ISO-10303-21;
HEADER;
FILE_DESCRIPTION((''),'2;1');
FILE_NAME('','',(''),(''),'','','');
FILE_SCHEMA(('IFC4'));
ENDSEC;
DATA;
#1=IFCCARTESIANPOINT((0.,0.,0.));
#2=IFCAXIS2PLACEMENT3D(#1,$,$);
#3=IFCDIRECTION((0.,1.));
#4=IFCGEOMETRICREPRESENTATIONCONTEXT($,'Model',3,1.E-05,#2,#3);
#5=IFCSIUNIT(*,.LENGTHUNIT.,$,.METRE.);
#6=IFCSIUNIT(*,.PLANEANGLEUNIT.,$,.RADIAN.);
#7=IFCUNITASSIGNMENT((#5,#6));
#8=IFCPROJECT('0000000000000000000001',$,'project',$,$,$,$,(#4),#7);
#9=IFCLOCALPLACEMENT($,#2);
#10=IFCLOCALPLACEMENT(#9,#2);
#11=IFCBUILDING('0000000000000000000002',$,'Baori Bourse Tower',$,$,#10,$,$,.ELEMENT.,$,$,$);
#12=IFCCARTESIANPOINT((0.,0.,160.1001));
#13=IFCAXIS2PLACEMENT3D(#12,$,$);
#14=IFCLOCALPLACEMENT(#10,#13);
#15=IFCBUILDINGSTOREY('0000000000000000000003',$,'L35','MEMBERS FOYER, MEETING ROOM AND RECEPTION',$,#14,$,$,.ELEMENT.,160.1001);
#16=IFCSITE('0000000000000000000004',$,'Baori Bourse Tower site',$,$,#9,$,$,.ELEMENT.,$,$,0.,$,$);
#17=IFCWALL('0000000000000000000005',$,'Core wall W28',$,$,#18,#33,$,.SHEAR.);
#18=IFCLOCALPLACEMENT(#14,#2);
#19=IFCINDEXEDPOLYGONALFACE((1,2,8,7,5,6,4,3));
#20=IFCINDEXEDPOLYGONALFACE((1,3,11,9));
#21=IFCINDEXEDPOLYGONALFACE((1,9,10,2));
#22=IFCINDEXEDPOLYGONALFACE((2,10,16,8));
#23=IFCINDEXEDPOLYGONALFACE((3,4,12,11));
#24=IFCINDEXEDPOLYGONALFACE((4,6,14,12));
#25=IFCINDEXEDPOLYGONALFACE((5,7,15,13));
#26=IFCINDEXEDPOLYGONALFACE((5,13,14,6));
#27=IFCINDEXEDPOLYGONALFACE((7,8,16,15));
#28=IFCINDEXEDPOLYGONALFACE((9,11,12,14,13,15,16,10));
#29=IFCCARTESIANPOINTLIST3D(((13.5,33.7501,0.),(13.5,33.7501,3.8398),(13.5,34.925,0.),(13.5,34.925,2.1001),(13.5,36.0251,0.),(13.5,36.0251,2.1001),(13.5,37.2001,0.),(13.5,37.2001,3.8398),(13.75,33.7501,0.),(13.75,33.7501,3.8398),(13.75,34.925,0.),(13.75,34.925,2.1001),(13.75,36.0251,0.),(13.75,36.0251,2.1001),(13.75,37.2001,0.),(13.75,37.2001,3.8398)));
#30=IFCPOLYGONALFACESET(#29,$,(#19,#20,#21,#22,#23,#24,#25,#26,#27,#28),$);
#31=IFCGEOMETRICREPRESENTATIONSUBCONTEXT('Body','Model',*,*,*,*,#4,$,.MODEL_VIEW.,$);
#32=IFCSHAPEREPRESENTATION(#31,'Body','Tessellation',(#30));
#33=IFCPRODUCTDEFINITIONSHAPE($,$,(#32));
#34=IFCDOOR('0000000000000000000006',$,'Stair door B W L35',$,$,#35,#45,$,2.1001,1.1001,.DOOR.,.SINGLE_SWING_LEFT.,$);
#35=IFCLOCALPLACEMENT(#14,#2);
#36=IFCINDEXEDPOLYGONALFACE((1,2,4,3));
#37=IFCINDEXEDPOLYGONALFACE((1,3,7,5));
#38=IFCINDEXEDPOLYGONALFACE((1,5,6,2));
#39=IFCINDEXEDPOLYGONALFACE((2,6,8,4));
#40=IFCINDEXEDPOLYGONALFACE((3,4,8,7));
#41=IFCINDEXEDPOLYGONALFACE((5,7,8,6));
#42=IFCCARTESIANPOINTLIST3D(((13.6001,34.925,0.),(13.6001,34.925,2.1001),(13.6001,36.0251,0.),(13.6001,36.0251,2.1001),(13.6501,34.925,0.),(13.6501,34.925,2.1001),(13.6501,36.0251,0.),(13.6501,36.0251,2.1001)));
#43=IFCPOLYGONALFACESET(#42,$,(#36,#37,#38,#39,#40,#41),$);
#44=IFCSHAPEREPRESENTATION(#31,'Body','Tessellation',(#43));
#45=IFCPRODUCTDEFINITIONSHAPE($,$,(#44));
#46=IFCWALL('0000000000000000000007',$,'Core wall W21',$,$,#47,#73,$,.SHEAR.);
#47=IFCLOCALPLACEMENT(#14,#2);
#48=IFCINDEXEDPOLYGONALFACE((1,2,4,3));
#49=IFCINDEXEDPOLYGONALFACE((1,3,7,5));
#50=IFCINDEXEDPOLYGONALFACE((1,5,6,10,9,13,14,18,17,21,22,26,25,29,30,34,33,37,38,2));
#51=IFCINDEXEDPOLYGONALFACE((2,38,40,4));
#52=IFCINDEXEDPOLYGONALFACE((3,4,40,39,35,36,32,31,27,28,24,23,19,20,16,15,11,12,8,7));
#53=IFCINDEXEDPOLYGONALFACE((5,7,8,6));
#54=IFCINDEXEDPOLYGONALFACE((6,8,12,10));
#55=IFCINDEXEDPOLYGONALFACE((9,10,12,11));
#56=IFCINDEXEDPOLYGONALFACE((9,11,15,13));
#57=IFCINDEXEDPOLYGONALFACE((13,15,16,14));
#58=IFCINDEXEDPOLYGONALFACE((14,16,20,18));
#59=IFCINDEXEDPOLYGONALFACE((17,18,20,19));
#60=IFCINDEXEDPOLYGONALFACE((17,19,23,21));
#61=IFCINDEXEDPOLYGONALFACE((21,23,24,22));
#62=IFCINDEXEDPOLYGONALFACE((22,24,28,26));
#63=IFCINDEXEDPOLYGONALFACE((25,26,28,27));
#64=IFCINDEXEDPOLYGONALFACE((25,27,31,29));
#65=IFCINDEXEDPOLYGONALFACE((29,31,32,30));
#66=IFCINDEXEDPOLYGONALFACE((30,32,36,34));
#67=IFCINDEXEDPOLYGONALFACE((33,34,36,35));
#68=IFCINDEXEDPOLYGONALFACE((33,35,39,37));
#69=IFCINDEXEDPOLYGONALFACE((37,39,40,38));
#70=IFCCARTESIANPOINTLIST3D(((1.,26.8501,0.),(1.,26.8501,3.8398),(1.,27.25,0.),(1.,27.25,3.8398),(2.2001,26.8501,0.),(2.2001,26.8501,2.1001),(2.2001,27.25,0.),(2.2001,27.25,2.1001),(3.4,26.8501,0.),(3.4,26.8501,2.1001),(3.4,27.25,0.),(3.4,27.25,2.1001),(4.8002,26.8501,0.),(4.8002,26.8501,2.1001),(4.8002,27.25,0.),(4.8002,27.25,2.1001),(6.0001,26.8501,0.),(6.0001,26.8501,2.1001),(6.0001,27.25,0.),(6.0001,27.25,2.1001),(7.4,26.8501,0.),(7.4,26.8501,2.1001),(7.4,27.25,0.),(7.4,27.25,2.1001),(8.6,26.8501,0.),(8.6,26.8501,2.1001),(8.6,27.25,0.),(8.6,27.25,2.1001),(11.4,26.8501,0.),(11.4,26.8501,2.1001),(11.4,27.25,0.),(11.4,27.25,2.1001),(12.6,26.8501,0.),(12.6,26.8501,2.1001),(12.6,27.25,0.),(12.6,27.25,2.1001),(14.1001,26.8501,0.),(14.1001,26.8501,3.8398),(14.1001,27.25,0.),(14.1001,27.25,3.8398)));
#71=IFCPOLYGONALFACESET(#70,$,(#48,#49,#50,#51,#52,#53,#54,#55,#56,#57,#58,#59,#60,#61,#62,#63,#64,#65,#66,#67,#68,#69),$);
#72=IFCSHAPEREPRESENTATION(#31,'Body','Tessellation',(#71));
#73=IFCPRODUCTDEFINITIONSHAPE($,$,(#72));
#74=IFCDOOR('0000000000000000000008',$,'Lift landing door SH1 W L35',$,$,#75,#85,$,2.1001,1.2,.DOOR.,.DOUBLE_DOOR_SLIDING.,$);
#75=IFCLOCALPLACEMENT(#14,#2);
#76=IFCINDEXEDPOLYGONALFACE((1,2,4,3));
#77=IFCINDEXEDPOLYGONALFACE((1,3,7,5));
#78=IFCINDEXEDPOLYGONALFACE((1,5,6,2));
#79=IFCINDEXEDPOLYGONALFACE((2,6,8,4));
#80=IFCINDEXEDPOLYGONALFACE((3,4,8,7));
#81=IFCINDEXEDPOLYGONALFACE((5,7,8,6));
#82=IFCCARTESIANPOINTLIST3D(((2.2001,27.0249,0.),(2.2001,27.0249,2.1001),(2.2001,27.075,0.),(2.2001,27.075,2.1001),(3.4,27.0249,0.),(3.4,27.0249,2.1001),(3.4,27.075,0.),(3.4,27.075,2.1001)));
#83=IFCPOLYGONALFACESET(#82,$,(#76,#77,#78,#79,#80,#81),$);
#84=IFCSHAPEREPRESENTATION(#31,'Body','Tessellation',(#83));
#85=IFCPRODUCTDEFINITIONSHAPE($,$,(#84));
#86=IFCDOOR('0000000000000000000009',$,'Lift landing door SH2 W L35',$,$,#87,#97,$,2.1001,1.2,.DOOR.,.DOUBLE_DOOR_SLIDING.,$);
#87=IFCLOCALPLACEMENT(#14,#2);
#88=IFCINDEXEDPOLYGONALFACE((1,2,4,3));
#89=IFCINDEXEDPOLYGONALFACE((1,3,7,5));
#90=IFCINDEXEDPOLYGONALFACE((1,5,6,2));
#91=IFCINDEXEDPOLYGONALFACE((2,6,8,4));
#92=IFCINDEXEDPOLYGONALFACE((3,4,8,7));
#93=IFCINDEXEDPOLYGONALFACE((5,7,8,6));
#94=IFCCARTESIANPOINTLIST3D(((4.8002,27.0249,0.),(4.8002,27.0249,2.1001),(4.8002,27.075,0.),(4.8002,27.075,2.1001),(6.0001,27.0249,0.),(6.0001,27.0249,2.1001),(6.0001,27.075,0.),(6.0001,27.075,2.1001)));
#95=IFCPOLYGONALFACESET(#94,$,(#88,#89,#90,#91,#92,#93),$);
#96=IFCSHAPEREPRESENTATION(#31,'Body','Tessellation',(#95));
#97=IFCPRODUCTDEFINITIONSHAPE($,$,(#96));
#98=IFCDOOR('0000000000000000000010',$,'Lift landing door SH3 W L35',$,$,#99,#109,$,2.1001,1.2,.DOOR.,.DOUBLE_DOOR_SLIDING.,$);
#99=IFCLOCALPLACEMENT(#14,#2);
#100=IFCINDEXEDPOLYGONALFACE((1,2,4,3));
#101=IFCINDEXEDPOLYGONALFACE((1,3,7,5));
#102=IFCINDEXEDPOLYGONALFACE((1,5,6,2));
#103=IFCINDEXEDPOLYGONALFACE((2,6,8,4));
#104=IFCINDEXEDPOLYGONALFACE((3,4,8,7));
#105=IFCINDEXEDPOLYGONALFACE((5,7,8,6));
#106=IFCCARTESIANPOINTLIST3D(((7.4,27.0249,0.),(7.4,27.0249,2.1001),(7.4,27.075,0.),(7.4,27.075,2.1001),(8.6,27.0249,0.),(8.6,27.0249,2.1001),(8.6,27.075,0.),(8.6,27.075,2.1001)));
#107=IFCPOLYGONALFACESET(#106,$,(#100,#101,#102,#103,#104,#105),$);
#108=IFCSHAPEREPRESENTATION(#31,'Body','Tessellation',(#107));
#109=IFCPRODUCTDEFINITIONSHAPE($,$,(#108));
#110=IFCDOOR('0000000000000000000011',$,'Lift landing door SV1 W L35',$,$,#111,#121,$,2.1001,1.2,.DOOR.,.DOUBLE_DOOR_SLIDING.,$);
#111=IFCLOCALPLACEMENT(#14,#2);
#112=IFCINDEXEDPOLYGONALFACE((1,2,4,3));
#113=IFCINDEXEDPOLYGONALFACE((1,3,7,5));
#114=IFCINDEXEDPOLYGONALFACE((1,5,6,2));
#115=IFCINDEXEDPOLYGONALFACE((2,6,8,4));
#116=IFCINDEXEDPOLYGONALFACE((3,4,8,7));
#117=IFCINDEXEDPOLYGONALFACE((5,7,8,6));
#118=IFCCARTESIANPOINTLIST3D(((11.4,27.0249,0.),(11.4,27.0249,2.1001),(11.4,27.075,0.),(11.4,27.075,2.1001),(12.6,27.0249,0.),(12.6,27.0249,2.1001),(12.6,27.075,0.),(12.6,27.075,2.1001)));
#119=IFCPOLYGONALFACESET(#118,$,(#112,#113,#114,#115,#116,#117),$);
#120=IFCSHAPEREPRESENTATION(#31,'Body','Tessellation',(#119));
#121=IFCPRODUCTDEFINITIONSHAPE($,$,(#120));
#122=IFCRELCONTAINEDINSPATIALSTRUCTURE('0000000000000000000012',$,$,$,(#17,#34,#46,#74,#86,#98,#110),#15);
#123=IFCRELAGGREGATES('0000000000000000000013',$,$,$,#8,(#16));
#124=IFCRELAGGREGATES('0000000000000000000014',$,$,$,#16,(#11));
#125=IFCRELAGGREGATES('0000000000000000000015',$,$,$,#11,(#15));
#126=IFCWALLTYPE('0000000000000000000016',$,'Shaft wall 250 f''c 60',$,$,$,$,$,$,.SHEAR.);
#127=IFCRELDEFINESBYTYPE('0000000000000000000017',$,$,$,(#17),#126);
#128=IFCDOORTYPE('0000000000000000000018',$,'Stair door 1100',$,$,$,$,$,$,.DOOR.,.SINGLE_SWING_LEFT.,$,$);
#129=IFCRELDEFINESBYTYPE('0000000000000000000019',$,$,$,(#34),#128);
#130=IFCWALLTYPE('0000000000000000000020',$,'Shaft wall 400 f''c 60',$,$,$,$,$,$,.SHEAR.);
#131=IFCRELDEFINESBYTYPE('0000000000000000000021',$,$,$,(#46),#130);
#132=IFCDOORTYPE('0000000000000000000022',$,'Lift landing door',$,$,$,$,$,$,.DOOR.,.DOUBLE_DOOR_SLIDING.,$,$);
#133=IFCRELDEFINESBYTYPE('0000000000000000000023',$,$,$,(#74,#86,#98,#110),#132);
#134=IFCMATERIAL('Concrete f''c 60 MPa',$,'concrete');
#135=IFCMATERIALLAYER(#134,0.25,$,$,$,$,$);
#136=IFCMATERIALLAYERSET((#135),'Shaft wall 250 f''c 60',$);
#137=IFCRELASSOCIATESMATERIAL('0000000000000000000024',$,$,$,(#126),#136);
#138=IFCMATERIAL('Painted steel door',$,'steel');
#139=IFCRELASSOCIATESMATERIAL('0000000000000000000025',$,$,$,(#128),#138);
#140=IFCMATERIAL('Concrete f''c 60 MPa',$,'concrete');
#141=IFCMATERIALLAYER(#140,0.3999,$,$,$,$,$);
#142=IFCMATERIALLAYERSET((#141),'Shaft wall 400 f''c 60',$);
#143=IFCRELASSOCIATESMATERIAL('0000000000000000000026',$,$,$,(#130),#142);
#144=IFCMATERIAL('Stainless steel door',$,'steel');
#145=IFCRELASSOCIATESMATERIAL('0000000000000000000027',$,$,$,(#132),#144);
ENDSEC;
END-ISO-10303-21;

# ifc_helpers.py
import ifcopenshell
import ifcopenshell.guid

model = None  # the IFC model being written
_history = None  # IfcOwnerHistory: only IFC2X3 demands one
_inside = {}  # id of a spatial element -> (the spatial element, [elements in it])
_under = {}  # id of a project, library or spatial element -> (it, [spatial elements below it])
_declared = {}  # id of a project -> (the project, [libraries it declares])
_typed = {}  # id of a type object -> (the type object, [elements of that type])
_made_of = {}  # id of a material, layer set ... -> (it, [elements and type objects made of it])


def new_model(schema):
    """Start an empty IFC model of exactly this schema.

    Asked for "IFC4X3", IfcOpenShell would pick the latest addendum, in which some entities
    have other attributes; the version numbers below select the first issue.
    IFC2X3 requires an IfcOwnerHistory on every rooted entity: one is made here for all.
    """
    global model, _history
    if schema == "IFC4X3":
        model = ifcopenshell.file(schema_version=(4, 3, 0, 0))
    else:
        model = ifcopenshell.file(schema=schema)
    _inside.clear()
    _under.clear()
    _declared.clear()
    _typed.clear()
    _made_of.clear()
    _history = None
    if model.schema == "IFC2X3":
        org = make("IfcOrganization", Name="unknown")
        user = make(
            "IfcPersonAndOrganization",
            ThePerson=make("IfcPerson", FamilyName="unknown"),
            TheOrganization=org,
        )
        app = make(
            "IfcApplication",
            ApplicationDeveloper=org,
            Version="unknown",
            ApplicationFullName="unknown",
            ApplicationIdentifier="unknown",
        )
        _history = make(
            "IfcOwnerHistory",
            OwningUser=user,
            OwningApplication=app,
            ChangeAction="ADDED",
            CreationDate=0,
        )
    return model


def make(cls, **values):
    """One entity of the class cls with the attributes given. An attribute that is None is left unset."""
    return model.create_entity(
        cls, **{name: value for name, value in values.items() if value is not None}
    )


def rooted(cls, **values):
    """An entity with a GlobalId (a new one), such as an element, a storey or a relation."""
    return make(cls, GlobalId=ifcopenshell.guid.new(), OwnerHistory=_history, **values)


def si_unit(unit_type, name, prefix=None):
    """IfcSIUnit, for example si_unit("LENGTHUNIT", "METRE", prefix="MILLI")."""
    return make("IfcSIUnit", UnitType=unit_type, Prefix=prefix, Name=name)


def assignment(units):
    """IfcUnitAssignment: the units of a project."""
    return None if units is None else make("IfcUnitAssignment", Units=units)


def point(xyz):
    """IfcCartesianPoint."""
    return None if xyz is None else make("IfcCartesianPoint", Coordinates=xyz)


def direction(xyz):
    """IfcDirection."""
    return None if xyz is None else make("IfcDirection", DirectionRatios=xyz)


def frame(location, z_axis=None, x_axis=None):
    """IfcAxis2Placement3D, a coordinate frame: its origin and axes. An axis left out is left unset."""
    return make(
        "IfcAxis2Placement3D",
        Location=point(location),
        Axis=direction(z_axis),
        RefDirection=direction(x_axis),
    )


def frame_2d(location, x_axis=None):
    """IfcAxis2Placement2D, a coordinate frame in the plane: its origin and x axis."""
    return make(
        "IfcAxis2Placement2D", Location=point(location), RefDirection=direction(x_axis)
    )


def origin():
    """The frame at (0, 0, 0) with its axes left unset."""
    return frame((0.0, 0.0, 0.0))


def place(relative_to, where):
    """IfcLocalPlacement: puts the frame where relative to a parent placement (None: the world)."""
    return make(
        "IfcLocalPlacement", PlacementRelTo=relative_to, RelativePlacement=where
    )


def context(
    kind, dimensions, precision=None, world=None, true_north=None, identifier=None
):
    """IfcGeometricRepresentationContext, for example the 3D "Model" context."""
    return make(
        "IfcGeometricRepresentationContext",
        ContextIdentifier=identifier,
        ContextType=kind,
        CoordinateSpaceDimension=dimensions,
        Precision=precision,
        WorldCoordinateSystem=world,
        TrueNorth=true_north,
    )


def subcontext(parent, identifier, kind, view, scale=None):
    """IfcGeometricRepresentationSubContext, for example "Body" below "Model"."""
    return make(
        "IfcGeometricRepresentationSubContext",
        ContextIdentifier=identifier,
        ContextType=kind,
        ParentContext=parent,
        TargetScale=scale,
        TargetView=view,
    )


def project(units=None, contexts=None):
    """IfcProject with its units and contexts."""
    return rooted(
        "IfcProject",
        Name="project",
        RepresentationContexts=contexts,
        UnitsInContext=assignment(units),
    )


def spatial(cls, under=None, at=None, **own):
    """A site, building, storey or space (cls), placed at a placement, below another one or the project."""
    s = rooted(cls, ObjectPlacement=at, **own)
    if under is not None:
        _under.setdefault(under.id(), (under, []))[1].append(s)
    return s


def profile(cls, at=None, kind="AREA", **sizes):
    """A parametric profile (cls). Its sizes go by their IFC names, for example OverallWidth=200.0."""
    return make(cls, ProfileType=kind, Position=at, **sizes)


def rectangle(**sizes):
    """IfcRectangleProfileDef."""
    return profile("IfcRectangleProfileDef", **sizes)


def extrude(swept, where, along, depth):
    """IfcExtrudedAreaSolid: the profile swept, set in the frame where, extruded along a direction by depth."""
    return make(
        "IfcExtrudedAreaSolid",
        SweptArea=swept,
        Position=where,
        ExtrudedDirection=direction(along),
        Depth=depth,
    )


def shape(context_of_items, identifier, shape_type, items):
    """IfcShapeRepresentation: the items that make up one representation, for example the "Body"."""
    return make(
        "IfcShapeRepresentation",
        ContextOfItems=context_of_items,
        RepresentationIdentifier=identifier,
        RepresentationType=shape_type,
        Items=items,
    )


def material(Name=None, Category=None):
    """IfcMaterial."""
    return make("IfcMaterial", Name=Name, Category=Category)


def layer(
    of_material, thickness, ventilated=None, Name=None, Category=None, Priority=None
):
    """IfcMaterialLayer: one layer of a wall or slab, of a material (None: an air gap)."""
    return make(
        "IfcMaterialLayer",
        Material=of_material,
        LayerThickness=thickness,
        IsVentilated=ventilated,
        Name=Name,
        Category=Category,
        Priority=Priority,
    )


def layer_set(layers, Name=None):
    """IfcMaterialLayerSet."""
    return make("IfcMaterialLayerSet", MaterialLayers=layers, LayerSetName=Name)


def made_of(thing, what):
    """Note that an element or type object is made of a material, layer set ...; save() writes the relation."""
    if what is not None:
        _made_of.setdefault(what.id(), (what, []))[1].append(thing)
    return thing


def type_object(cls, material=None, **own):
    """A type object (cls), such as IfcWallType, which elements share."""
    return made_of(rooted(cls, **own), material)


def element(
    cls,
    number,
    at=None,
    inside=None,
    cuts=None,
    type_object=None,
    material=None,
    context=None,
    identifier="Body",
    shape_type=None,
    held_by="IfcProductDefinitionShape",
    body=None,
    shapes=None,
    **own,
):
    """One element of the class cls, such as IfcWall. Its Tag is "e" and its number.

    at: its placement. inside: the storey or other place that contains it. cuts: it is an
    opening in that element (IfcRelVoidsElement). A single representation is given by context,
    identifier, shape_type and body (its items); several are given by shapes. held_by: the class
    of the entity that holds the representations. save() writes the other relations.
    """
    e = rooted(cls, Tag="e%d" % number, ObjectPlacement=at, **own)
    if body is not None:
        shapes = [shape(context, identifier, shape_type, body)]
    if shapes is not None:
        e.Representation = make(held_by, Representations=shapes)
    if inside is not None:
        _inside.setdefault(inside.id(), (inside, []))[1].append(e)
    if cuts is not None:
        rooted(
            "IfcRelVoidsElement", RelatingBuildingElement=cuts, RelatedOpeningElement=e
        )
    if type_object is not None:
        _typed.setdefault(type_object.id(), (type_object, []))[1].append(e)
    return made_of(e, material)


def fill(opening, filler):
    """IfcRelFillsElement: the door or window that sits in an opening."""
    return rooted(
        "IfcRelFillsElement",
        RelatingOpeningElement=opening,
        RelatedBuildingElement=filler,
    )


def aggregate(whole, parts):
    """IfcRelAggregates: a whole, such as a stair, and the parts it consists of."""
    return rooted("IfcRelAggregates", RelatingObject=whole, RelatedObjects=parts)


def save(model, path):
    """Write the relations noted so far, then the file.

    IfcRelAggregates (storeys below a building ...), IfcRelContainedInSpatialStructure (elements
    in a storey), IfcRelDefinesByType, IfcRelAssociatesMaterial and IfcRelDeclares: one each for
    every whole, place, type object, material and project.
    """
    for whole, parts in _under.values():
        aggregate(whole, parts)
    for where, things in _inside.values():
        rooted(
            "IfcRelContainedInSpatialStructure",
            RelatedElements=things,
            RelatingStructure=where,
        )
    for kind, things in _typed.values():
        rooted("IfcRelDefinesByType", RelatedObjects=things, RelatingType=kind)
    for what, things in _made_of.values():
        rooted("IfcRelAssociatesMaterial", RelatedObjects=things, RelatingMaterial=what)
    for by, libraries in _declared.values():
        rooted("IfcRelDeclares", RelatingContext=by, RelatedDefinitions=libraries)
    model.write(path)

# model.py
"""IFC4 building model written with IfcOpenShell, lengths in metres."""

from ifc_helpers import new_model, si_unit, direction, frame, frame_2d, origin, place, context, subcontext, project, spatial, rectangle, extrude, material, layer, layer_set, type_object, element, fill, save


model = new_model("IFC4")

# Units and contexts
model_context = context("Model", 3, precision=1e-05, world=origin(), true_north=direction((0.0, 1.0)))
body_context = subcontext(model_context, "Body", "Model", "MODEL_VIEW")
ifc_project = project(units=[si_unit("LENGTHUNIT", "METRE"), si_unit("PLANEANGLEUNIT", "RADIAN")], contexts=[model_context])

# Site, building, storey
site_placement = place(None, origin())
site = spatial("IfcSite", under=ifc_project, at=site_placement, Name="Baori Bourse Tower site", CompositionType="ELEMENT", RefElevation=0.0)
building_placement = place(site_placement, origin())
building = spatial("IfcBuilding", under=site, at=building_placement, Name="Baori Bourse Tower", CompositionType="ELEMENT")
storey_placement = place(building_placement, frame((0.0, 0.0, 160.1001)))
storey = spatial("IfcBuildingStorey", under=building, at=storey_placement, Name="L35", Description="MEMBERS FOYER, MEETING ROOM AND RECEPTION", CompositionType="ELEMENT", Elevation=160.1001)

# Wall, opening, door
ifc_material_1 = material(Name="Concrete f'c 60 MPa", Category="concrete")
ifc_layer_1 = layer(ifc_material_1, 0.25)
ifc_layer_set_1 = layer_set([ifc_layer_1], Name="Shaft wall 250 f'c 60")
wall_type_1 = type_object("IfcWallType", Name="Shaft wall 250 f'c 60", PredefinedType="SHEAR", material=ifc_layer_set_1)
wall_1_placement = place(storey_placement, frame((13.625, 33.75, 0.0), z_axis=(0.0, 0.0, 1.0), x_axis=(0.0, 1.0, 0.0)))
wall_1 = element("IfcWall", 1, at=wall_1_placement, inside=storey, type_object=wall_type_1, Name="Core wall W28", PredefinedType="SHEAR", context=body_context, shape_type="SweptSolid", body=[
    extrude(rectangle(XDim=3.45, YDim=0.25, at=frame_2d((1.7251, 0.0))), origin(), (0.0, 0.0, 1.0), 3.8398),
])
opening_1_placement = place(wall_1_placement, frame((1.175, 0.0, 0.0)))
opening_1 = element("IfcOpeningElement", 2, at=opening_1_placement, cuts=wall_1, PredefinedType="OPENING", context=body_context, shape_type="SweptSolid", body=[
    extrude(rectangle(XDim=1.1001, YDim=2.1001, at=frame_2d((0.55, 1.05))), frame((0.0, 0.135, 0.0), z_axis=(0.0, -1.0, 0.0), x_axis=(1.0, 0.0, 0.0)), (0.0, 0.0, 1.0), 0.27),
])
ifc_material_2 = material(Name="Painted steel door", Category="steel")
door_type_1 = type_object("IfcDoorType", Name="Stair door 1100", OperationType="SINGLE_SWING_LEFT", PredefinedType="DOOR", material=ifc_material_2)
door_1_placement = place(opening_1_placement, origin())
door_1 = element("IfcDoor", 3, at=door_1_placement, inside=storey, type_object=door_type_1, Name="Stair door B W L35", OperationType="SINGLE_SWING_LEFT", OverallHeight=2.1001, OverallWidth=1.1001, PredefinedType="DOOR", context=body_context, shape_type="SweptSolid", body=[
    extrude(rectangle(XDim=1.1001, YDim=2.1001, at=frame_2d((0.55, 1.05))), frame((0.0, 0.0249, 0.0), z_axis=(0.0, -1.0, 0.0), x_axis=(1.0, 0.0, 0.0)), (0.0, 0.0, 1.0), 0.05),
])
fill(opening_1, door_1)

# Wall, openings, doors
ifc_material_3 = material(Name="Concrete f'c 60 MPa", Category="concrete")
ifc_layer_2 = layer(ifc_material_3, 0.3999)
ifc_layer_set_2 = layer_set([ifc_layer_2], Name="Shaft wall 400 f'c 60")
wall_type_2 = type_object("IfcWallType", Name="Shaft wall 400 f'c 60", PredefinedType="SHEAR", material=ifc_layer_set_2)
wall_2_placement = place(storey_placement, frame((1.0, 27.05, 0.0), z_axis=(0.0, 0.0, 1.0), x_axis=(1.0, 0.0, 0.0)))
wall_2 = element("IfcWall", 4, at=wall_2_placement, inside=storey, type_object=wall_type_2, Name="Core wall W21", PredefinedType="SHEAR", context=body_context, shape_type="SweptSolid", body=[
    extrude(rectangle(XDim=13.1001, YDim=0.3999, at=frame_2d((6.55, 0.0))), origin(), (0.0, 0.0, 1.0), 3.8398),
])
opening_2_placement = place(wall_2_placement, frame((1.2, 0.0, 0.0)))
opening_2 = element("IfcOpeningElement", 5, at=opening_2_placement, cuts=wall_2, PredefinedType="OPENING", context=body_context, shape_type="SweptSolid", body=[
    extrude(rectangle(XDim=1.2, YDim=2.1001, at=frame_2d((0.6001, 1.05))), frame((0.0, 0.21, 0.0), z_axis=(0.0, -1.0, 0.0), x_axis=(1.0, 0.0, 0.0)), (0.0, 0.0, 1.0), 0.4199),
])
opening_3_placement = place(wall_2_placement, frame((3.8, 0.0, 0.0)))
opening_3 = element("IfcOpeningElement", 6, at=opening_3_placement, cuts=wall_2, PredefinedType="OPENING", context=body_context, shape_type="SweptSolid", body=[
    extrude(rectangle(XDim=1.2, YDim=2.1001, at=frame_2d((0.6001, 1.05))), frame((0.0, 0.21, 0.0), z_axis=(0.0, -1.0, 0.0), x_axis=(1.0, 0.0, 0.0)), (0.0, 0.0, 1.0), 0.4199),
])
opening_4_placement = place(wall_2_placement, frame((6.3999, 0.0, 0.0)))
opening_4 = element("IfcOpeningElement", 7, at=opening_4_placement, cuts=wall_2, PredefinedType="OPENING", context=body_context, shape_type="SweptSolid", body=[
    extrude(rectangle(XDim=1.2, YDim=2.1001, at=frame_2d((0.6001, 1.05))), frame((0.0, 0.21, 0.0), z_axis=(0.0, -1.0, 0.0), x_axis=(1.0, 0.0, 0.0)), (0.0, 0.0, 1.0), 0.4199),
])
opening_5_placement = place(wall_2_placement, frame((10.3999, 0.0, 0.0)))
opening_5 = element("IfcOpeningElement", 8, at=opening_5_placement, cuts=wall_2, PredefinedType="OPENING", context=body_context, shape_type="SweptSolid", body=[
    extrude(rectangle(XDim=1.2, YDim=2.1001, at=frame_2d((0.6001, 1.05))), frame((0.0, 0.21, 0.0), z_axis=(0.0, -1.0, 0.0), x_axis=(1.0, 0.0, 0.0)), (0.0, 0.0, 1.0), 0.4199),
])
ifc_material_4 = material(Name="Stainless steel door", Category="steel")
door_type_2 = type_object("IfcDoorType", Name="Lift landing door", OperationType="DOUBLE_DOOR_SLIDING", PredefinedType="DOOR", material=ifc_material_4)
door_2_placement = place(opening_2_placement, origin())
door_2 = element("IfcDoor", 9, at=door_2_placement, inside=storey, type_object=door_type_2, Name="Lift landing door SH1 W L35", OperationType="DOUBLE_DOOR_SLIDING", OverallHeight=2.1001, OverallWidth=1.2, PredefinedType="DOOR", context=body_context, shape_type="SweptSolid", body=[
    extrude(rectangle(XDim=1.2, YDim=2.1001, at=frame_2d((0.6001, 1.05))), frame((0.0, 0.0249, 0.0), z_axis=(0.0, -1.0, 0.0), x_axis=(1.0, 0.0, 0.0)), (0.0, 0.0, 1.0), 0.05),
])
fill(opening_2, door_2)
door_3_placement = place(opening_3_placement, origin())
door_3 = element("IfcDoor", 10, at=door_3_placement, inside=storey, type_object=door_type_2, Name="Lift landing door SH2 W L35", OperationType="DOUBLE_DOOR_SLIDING", OverallHeight=2.1001, OverallWidth=1.2, PredefinedType="DOOR", context=body_context, shape_type="SweptSolid", body=[
    extrude(rectangle(XDim=1.2, YDim=2.1001, at=frame_2d((0.6001, 1.05))), frame((0.0, 0.0249, 0.0), z_axis=(0.0, -1.0, 0.0), x_axis=(1.0, 0.0, 0.0)), (0.0, 0.0, 1.0), 0.05),
])
fill(opening_3, door_3)
door_4_placement = place(opening_4_placement, origin())
door_4 = element("IfcDoor", 11, at=door_4_placement, inside=storey, type_object=door_type_2, Name="Lift landing door SH3 W L35", OperationType="DOUBLE_DOOR_SLIDING", OverallHeight=2.1001, OverallWidth=1.2, PredefinedType="DOOR", context=body_context, shape_type="SweptSolid", body=[
    extrude(rectangle(XDim=1.2, YDim=2.1001, at=frame_2d((0.6001, 1.05))), frame((0.0, 0.0249, 0.0), z_axis=(0.0, -1.0, 0.0), x_axis=(1.0, 0.0, 0.0)), (0.0, 0.0, 1.0), 0.05),
])
fill(opening_4, door_4)
door_5_placement = place(opening_5_placement, origin())
door_5 = element("IfcDoor", 12, at=door_5_placement, inside=storey, type_object=door_type_2, Name="Lift landing door SV1 W L35", OperationType="DOUBLE_DOOR_SLIDING", OverallHeight=2.1001, OverallWidth=1.2, PredefinedType="DOOR", context=body_context, shape_type="SweptSolid", body=[
    extrude(rectangle(XDim=1.2, YDim=2.1001, at=frame_2d((0.6001, 1.05))), frame((0.0, 0.0249, 0.0), z_axis=(0.0, -1.0, 0.0), x_axis=(1.0, 0.0, 0.0)), (0.0, 0.0, 1.0), 0.05),
])
fill(opening_5, door_5)

save(model, "model.ifc")
